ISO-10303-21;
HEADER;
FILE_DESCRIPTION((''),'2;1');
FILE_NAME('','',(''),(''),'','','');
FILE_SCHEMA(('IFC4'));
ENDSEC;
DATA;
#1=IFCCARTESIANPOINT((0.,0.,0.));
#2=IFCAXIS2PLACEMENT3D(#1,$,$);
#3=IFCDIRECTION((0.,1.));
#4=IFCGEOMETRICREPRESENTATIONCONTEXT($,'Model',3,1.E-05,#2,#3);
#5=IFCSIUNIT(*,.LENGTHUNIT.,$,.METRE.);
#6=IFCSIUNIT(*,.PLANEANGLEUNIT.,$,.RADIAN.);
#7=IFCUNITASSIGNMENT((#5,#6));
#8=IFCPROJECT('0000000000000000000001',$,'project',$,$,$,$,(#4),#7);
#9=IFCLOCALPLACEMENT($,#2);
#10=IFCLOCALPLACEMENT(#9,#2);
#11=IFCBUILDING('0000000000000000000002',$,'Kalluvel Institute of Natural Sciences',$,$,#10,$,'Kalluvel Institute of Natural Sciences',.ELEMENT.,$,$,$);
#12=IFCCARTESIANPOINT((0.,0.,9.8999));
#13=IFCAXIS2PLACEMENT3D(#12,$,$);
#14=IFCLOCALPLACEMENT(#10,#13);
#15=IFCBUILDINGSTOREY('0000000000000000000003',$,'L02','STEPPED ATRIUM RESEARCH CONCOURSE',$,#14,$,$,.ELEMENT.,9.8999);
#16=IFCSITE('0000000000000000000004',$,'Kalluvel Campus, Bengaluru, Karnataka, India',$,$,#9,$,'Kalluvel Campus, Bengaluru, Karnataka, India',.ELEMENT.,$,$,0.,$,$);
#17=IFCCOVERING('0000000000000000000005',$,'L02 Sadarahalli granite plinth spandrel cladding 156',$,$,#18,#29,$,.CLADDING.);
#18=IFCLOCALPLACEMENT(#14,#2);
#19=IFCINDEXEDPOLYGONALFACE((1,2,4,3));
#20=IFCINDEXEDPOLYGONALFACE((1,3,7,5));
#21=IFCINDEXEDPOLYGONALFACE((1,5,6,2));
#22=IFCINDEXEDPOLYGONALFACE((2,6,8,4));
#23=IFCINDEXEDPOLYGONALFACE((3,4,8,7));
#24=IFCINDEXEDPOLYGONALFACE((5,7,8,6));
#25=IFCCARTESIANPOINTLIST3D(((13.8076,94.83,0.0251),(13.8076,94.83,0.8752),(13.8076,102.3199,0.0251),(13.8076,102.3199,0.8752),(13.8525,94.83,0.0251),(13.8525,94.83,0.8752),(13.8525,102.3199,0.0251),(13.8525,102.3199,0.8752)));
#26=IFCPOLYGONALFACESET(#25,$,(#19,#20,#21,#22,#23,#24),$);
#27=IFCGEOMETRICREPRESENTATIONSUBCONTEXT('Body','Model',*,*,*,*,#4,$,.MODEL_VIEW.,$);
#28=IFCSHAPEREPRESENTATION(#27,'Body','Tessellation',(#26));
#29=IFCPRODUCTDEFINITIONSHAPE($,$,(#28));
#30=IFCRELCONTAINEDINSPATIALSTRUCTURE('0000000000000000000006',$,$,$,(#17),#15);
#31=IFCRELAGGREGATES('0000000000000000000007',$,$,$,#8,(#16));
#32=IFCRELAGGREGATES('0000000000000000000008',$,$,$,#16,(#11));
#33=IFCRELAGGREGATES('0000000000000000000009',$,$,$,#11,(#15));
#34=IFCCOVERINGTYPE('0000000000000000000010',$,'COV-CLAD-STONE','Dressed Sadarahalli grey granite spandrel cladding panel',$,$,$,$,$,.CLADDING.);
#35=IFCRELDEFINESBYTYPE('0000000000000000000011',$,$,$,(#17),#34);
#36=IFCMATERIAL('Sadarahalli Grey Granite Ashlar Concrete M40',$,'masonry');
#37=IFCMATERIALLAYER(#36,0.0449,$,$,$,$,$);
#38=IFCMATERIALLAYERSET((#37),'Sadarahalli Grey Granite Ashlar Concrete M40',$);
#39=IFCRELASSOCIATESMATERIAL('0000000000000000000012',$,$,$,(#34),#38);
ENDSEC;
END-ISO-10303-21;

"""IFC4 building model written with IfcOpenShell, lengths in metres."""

from ifc_helpers import new_model, si_unit, direction, frame, origin, origin_2d, place, context, subcontext, project, spatial, rectangle, extrude, material, layer, layer_set, type_object, element, save


model = new_model("IFC4")

# Units and contexts
model_context = context("Model", 3, precision=1e-05, world=origin(), true_north=direction((0.0, 1.0)))
body_context = subcontext(model_context, "Body", "Model", "MODEL_VIEW")
ifc_project = project(units=[si_unit("LENGTHUNIT", "METRE"), si_unit("PLANEANGLEUNIT", "RADIAN")], contexts=[model_context])

# Site, building, storey
site_placement = place(None, origin())
site = spatial("IfcSite", under=ifc_project, at=site_placement, Name="Kalluvel Campus, Bengaluru, Karnataka, India", LongName="Kalluvel Campus, Bengaluru, Karnataka, India", CompositionType="ELEMENT", RefElevation=0.0)
building_placement = place(site_placement, origin())
building = spatial("IfcBuilding", under=site, at=building_placement, Name="Kalluvel Institute of Natural Sciences", LongName="Kalluvel Institute of Natural Sciences", CompositionType="ELEMENT")
storey_placement = place(building_placement, frame((0.0, 0.0, 9.8999)))
storey = spatial("IfcBuildingStorey", under=building, at=storey_placement, Name="L02", Description="STEPPED ATRIUM RESEARCH CONCOURSE", CompositionType="ELEMENT", Elevation=9.8999)

# Shared definitions
ifc_material_1 = material(Name="Sadarahalli Grey Granite Ashlar Concrete M40", Category="masonry")

# Covering
ifc_layer_1 = layer(ifc_material_1, 0.0449)
ifc_layer_set_1 = layer_set([ifc_layer_1], Name="Sadarahalli Grey Granite Ashlar Concrete M40")
covering_type = type_object("IfcCoveringType", Name="COV-CLAD-STONE", Description="Dressed Sadarahalli grey granite spandrel cladding panel", PredefinedType="CLADDING", material=ifc_layer_set_1)
covering_1_placement = place(storey_placement, frame((13.8301, 98.575, 0.0251), z_axis=(0.0, 0.0, 1.0), x_axis=(0.0, 1.0, 0.0)))
element("IfcCovering", 1, at=covering_1_placement, inside=storey, type_object=covering_type, Name="L02 Sadarahalli granite plinth spandrel cladding 156", PredefinedType="CLADDING", context=body_context, shape_type="SweptSolid", body=[
    extrude(rectangle(XDim=7.49, YDim=0.0449, at=origin_2d()), origin(), (0.0, 0.0, 1.0), 0.8501),
])

save(model, "model.ifc")
